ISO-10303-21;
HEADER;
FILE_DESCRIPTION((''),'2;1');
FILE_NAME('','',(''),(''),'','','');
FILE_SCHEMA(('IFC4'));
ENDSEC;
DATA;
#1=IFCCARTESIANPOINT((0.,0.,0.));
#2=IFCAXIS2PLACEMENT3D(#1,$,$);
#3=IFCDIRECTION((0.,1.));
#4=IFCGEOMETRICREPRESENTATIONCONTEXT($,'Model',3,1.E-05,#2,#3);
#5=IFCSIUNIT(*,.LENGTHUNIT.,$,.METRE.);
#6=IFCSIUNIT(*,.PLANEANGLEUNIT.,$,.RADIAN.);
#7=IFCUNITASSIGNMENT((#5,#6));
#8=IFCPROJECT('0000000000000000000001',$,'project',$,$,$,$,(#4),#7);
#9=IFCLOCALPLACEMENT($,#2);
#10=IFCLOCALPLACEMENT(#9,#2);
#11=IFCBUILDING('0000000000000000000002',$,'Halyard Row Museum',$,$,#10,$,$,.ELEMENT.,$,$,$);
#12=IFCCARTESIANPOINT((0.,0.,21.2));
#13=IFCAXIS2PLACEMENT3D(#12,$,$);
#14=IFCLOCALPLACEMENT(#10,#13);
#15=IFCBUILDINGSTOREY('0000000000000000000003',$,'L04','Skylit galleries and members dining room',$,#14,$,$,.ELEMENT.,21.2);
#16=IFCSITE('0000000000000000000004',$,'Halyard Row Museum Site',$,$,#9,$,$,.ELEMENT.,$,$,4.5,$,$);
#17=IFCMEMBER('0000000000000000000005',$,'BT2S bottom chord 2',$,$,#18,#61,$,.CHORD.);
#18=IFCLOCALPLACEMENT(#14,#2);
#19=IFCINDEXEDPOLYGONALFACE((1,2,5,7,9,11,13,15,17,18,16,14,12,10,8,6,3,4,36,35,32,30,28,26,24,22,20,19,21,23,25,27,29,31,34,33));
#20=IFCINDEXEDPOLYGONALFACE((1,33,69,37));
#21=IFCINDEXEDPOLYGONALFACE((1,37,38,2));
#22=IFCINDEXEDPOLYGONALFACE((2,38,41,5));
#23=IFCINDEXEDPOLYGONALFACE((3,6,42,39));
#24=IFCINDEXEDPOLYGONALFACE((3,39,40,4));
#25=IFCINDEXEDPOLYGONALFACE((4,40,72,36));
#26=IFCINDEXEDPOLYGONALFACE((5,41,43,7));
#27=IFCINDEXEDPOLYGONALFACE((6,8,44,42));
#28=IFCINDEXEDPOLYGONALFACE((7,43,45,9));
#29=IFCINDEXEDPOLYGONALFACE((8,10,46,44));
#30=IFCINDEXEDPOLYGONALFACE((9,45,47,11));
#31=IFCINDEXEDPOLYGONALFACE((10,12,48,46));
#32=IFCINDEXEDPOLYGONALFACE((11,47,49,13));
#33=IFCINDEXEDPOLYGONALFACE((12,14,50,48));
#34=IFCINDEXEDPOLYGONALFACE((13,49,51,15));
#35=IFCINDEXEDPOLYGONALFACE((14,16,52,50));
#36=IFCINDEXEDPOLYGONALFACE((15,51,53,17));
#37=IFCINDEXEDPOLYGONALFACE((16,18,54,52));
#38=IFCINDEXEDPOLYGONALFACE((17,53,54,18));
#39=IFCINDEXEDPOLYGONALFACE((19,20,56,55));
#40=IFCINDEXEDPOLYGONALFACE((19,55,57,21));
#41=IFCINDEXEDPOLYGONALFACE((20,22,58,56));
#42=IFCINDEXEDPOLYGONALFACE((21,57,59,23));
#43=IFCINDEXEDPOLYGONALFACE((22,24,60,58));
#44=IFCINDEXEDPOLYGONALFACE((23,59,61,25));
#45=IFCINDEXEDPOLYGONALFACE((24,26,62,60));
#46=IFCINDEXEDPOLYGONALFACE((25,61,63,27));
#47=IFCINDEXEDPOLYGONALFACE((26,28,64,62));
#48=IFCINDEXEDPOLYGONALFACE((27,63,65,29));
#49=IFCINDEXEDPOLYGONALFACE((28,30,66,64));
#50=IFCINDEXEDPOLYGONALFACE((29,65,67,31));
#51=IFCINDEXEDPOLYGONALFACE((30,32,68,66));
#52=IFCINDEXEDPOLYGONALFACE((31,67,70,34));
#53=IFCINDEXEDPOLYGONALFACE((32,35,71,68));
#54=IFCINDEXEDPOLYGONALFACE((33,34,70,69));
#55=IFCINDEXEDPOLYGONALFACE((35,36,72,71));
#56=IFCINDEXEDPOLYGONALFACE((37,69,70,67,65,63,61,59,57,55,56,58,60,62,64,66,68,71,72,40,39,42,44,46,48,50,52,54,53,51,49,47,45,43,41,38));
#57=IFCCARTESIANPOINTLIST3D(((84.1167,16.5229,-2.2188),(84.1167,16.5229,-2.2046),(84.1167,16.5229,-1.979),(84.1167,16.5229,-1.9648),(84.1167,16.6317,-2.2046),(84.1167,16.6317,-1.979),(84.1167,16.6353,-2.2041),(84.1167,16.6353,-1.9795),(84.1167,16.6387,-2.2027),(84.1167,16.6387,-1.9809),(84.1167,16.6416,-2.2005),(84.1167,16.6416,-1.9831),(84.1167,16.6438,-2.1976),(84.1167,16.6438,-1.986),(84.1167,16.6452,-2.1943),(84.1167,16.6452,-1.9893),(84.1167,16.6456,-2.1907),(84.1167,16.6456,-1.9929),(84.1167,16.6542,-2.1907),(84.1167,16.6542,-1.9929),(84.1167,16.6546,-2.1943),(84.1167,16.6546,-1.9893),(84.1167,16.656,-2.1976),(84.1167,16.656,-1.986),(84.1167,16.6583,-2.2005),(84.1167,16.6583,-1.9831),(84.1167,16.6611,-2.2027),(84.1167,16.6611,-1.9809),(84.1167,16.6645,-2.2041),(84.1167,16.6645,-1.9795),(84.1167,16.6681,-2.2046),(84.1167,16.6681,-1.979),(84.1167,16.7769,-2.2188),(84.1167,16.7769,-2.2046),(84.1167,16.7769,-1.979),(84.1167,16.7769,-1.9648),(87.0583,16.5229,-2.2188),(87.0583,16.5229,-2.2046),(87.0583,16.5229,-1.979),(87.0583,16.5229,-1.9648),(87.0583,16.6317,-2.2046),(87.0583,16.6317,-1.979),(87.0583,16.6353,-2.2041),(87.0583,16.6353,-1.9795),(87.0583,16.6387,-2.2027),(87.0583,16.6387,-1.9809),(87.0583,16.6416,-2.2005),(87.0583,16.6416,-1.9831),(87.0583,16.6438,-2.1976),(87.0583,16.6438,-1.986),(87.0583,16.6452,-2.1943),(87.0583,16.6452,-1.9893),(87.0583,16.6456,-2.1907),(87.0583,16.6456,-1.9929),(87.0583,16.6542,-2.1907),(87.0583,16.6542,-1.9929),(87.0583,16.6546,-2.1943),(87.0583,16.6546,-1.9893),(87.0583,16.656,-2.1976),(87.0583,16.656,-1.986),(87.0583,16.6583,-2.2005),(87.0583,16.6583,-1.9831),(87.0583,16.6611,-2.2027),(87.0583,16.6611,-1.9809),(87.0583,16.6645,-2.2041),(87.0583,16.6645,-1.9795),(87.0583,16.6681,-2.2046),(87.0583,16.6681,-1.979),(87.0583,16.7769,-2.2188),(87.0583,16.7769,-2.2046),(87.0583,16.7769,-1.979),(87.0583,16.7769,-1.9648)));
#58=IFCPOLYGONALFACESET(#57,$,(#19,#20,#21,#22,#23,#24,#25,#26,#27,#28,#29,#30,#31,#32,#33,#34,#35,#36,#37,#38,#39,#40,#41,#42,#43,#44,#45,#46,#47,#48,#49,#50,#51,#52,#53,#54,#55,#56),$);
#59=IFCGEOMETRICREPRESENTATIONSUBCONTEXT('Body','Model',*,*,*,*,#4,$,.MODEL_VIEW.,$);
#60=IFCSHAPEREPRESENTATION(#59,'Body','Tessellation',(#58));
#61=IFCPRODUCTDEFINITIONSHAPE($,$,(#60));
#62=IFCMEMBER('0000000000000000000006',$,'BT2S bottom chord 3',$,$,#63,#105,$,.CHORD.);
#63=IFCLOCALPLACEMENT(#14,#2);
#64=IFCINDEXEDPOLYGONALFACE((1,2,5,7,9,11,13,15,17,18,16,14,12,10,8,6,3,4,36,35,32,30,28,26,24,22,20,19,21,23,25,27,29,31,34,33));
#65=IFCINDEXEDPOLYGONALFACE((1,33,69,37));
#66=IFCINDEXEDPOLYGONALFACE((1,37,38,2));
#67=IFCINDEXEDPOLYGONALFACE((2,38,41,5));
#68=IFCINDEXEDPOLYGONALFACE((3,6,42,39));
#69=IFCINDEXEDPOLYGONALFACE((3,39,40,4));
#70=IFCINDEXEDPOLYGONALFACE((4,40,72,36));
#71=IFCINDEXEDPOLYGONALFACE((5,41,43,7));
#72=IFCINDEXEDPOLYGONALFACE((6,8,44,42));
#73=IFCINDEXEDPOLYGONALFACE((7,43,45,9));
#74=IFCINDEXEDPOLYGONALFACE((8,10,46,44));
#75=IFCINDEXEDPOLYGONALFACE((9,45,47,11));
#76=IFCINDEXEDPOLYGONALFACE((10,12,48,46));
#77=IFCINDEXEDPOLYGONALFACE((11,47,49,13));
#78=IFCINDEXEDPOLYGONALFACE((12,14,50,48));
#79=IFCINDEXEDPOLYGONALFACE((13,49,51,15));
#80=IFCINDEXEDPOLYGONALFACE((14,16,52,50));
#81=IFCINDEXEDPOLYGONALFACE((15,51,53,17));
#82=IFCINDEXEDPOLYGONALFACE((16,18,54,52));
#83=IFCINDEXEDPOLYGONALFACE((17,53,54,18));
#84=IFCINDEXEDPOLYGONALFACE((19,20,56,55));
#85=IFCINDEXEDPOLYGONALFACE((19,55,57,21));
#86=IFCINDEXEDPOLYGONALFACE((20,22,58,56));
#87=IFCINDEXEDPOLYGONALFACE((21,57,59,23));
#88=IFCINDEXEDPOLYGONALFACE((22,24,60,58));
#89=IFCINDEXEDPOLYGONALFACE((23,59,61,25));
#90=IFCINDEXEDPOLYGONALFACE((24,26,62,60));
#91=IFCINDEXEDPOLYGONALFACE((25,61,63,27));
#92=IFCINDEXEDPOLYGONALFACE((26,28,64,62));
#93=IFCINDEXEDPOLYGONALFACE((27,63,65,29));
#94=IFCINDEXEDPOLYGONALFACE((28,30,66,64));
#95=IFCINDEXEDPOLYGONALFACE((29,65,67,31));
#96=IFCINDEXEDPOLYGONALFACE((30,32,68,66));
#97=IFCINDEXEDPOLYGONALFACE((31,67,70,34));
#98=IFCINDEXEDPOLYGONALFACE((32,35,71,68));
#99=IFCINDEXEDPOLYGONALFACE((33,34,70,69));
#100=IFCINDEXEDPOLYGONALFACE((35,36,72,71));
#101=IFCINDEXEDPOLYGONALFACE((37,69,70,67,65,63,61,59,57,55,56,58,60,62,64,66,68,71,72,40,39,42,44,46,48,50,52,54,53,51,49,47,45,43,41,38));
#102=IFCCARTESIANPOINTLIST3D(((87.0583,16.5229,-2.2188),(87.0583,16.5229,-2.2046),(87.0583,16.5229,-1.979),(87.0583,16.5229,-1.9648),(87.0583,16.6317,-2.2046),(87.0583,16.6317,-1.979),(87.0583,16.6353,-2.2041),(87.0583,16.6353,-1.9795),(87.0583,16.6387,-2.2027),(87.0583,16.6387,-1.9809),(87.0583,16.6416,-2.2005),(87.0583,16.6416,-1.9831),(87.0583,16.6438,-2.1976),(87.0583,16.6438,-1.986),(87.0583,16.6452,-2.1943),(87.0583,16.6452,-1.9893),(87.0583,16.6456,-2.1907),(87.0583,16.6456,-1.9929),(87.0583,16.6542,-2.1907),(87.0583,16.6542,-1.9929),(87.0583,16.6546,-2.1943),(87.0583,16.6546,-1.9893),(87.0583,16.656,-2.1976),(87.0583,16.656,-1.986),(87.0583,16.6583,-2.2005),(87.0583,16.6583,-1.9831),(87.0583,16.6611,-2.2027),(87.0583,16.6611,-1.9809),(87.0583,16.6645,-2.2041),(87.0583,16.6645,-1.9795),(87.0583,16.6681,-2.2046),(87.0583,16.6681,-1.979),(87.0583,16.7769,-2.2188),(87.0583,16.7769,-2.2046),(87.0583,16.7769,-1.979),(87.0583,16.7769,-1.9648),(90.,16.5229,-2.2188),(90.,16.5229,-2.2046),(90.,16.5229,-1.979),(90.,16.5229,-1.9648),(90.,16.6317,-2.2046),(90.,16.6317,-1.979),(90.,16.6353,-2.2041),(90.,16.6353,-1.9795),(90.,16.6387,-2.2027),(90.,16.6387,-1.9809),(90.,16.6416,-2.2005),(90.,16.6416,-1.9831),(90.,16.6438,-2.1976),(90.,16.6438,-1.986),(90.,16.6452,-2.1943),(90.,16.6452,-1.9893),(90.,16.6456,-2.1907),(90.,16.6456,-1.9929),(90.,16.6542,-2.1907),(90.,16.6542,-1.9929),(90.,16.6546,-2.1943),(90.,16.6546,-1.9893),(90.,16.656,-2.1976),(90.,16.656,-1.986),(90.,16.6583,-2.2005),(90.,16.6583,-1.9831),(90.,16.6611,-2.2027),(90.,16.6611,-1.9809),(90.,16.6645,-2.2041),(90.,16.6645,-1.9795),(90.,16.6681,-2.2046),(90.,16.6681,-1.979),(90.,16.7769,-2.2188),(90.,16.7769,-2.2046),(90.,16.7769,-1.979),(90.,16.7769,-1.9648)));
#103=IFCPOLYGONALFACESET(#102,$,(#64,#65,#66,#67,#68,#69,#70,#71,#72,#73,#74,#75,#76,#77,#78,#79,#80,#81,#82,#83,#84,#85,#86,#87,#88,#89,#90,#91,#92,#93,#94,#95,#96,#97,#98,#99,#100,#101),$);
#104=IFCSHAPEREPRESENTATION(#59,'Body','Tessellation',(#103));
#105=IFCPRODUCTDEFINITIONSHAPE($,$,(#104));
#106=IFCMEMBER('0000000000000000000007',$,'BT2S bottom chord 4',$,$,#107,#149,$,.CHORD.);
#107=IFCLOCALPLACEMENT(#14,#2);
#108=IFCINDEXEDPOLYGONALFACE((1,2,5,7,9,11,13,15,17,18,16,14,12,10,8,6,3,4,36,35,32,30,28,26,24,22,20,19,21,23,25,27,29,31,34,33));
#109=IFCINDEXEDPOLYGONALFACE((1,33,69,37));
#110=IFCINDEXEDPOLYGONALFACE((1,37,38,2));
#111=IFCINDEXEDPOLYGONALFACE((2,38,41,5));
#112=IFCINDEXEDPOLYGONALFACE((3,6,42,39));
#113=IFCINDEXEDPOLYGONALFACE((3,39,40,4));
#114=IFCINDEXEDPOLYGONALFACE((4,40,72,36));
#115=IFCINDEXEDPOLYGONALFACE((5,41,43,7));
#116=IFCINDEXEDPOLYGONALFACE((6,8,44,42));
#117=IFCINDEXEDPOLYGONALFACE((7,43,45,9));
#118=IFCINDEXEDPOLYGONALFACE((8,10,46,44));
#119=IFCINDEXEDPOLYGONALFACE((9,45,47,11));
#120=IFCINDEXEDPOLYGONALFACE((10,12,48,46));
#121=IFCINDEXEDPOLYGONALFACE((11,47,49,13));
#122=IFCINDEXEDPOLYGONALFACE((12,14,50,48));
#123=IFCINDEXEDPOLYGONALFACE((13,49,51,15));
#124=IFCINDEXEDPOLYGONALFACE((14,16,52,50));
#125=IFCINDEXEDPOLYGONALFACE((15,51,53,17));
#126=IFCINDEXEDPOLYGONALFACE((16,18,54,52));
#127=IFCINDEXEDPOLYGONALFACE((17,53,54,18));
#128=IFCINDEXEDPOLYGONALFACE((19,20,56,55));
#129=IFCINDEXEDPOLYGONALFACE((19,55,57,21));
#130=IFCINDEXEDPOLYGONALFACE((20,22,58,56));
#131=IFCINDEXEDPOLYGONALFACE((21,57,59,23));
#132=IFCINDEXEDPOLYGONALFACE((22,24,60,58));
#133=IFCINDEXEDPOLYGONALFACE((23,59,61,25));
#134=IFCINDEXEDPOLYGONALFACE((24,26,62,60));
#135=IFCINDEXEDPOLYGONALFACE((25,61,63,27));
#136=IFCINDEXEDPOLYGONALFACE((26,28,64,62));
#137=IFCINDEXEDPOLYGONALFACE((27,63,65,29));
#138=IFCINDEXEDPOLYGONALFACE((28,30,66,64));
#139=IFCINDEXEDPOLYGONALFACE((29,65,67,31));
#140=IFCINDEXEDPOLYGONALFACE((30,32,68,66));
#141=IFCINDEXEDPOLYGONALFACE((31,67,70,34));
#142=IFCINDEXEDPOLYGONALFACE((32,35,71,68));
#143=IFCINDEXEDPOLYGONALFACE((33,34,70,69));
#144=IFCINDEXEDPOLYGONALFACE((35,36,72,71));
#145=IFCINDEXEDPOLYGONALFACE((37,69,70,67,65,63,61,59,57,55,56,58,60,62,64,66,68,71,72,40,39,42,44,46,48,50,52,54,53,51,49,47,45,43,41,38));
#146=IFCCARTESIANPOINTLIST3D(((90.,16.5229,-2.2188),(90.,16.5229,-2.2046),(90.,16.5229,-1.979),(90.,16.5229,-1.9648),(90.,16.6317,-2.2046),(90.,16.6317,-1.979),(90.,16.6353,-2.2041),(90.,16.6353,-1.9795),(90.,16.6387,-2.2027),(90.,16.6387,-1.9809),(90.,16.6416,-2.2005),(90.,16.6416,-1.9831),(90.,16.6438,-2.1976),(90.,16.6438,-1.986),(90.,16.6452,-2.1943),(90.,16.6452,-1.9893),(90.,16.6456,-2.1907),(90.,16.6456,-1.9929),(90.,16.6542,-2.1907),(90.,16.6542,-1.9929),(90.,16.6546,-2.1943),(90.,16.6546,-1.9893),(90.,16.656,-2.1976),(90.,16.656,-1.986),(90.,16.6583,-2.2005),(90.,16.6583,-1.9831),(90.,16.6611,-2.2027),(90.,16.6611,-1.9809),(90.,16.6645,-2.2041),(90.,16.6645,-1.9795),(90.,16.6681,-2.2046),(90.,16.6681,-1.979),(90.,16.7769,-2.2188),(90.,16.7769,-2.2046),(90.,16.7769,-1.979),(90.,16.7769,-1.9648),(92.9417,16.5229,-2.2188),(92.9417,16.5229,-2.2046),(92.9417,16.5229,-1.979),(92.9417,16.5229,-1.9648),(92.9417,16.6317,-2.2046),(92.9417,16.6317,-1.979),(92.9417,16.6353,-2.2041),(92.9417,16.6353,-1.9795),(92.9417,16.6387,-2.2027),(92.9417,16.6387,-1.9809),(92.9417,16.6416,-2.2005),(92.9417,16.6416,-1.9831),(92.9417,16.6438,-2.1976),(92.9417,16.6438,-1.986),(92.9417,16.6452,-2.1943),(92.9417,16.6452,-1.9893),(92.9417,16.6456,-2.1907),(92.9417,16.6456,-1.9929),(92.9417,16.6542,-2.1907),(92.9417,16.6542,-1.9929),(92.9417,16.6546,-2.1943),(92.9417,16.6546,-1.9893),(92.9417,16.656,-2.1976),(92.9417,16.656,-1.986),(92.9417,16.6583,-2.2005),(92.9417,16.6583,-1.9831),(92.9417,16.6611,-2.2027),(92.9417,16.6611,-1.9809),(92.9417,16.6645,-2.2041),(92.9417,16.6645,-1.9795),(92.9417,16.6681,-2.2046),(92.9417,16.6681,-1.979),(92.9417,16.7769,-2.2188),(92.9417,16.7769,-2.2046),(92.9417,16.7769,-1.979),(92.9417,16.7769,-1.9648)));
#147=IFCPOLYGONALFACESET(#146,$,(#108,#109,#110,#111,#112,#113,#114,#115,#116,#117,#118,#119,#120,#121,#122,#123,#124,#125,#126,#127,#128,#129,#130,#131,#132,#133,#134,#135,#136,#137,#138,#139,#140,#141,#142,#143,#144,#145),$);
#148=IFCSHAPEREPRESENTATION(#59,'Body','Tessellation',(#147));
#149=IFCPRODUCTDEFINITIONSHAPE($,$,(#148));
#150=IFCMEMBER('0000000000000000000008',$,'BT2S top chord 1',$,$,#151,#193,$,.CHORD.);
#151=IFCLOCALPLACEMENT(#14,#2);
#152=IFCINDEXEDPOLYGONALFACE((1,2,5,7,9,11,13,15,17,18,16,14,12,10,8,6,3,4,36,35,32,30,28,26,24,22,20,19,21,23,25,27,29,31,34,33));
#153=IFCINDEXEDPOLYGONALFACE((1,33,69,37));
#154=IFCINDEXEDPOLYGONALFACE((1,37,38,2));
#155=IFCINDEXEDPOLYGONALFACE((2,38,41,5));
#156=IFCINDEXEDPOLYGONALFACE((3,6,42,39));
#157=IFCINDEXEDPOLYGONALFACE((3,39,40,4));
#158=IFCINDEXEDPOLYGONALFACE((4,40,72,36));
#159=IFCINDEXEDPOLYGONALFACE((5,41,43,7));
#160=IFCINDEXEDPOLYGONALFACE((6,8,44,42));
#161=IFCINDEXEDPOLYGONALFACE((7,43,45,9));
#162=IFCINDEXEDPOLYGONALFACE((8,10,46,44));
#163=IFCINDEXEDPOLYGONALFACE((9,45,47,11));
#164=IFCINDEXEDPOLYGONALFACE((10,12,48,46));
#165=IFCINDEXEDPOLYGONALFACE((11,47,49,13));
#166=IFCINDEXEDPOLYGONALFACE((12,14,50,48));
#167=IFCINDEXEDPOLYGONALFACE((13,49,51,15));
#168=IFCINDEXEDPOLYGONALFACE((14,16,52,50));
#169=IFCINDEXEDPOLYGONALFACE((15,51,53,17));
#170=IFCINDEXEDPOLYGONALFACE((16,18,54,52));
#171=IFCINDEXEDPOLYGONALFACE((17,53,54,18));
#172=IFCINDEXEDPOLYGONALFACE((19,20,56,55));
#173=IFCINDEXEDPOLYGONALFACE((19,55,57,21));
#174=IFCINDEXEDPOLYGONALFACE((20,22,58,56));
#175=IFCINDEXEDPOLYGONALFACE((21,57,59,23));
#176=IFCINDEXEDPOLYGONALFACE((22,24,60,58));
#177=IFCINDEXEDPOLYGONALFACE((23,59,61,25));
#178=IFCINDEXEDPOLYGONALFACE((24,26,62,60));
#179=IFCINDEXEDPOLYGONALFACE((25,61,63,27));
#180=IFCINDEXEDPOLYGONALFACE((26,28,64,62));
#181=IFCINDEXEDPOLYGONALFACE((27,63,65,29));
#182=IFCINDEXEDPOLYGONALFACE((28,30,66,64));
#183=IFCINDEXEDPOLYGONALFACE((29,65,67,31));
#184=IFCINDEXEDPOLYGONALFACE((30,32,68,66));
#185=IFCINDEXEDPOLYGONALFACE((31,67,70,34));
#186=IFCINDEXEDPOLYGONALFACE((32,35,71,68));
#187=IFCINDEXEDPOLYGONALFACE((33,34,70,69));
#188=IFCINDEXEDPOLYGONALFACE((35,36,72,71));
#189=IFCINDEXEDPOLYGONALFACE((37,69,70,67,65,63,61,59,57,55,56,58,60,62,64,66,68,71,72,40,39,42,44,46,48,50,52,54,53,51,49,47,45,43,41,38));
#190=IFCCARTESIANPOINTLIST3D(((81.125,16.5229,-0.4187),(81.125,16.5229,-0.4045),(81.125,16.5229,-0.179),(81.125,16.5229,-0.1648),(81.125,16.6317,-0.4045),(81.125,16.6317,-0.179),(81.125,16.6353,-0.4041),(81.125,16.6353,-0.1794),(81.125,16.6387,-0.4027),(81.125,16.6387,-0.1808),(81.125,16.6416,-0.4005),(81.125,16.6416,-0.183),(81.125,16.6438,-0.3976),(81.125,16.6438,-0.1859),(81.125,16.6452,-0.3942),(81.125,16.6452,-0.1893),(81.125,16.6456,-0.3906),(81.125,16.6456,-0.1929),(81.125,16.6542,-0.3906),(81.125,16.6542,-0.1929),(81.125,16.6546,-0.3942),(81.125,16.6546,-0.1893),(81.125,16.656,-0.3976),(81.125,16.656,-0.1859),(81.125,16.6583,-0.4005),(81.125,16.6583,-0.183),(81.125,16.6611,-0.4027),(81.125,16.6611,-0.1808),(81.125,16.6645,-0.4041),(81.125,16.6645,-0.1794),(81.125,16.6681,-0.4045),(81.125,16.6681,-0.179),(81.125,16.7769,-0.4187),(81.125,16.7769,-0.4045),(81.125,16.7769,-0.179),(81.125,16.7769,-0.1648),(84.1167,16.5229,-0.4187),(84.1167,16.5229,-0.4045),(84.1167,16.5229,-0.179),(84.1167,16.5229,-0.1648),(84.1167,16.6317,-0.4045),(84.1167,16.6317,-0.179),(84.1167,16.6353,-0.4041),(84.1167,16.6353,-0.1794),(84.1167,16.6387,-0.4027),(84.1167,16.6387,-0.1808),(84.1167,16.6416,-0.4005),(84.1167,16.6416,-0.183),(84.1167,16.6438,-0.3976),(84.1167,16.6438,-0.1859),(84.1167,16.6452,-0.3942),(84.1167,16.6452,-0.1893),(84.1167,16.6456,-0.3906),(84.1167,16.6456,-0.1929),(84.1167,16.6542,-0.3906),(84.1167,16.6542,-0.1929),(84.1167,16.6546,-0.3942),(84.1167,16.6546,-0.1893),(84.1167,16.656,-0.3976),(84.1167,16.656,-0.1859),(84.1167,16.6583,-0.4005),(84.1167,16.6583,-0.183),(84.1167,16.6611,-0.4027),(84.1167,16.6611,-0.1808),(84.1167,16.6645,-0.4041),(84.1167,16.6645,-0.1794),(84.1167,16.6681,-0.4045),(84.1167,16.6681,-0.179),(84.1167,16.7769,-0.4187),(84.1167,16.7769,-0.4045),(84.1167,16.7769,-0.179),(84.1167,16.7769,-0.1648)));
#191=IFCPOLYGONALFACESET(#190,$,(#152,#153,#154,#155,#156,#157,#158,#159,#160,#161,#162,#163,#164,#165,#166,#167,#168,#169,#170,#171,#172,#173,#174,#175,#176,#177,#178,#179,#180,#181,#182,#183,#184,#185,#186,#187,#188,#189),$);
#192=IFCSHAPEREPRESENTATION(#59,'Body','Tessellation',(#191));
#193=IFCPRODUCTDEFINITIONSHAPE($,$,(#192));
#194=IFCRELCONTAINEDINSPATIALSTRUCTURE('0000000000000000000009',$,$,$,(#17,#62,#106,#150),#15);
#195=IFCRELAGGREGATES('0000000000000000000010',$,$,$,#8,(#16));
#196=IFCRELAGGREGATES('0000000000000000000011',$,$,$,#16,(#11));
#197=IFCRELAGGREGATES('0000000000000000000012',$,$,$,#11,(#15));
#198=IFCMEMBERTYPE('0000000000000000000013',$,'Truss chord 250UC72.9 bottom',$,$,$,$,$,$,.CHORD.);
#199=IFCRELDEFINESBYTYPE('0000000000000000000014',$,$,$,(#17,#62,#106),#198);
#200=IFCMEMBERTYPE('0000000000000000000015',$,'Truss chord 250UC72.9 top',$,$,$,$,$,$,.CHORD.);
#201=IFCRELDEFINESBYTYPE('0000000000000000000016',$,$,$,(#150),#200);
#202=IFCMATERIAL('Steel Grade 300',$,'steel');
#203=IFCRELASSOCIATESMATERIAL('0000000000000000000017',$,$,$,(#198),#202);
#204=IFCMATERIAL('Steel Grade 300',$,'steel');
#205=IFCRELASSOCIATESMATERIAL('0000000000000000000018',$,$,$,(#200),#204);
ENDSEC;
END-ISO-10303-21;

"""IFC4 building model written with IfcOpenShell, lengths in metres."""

from ifc_helpers import new_model, si_unit, direction, frame, origin, origin_2d, place, context, subcontext, project, spatial, i_section, extrude, material, material_profile, profile_set, type_object, element, save


model = new_model("IFC4")

# Units and contexts
model_context = context("Model", 3, precision=1e-05, world=origin(), true_north=direction((0.0, 1.0)))
body_context = subcontext(model_context, "Body", "Model", "MODEL_VIEW")
ifc_project = project(units=[si_unit("LENGTHUNIT", "METRE"), si_unit("PLANEANGLEUNIT", "RADIAN")], contexts=[model_context])

# Site, building, storey
site_placement = place(None, origin())
site = spatial("IfcSite", under=ifc_project, at=site_placement, Name="Halyard Row Museum Site", CompositionType="ELEMENT", RefElevation=4.5)
building_placement = place(site_placement, origin())
building = spatial("IfcBuilding", under=site, at=building_placement, Name="Halyard Row Museum", CompositionType="ELEMENT")
storey_placement = place(building_placement, frame((0.0, 0.0, 21.2)))
storey = spatial("IfcBuildingStorey", under=building, at=storey_placement, Name="L04", Description="Skylit galleries and members dining room", CompositionType="ELEMENT", Elevation=21.2)

# Members
ifc_material_1 = material(Name="Steel Grade 300", Category="steel")
ifc_material_profile_1 = material_profile(ifc_material_1, i_section(OverallWidth=0.2539, OverallDepth=0.2539, WebThickness=0.0085, FlangeThickness=0.0142, FilletRadius=0.0139, at=origin_2d()), Name="250UC72.9")
ifc_profile_set_1 = profile_set([ifc_material_profile_1], Name="Steel Grade 300")
member_type_1 = type_object("IfcMemberType", Name="Truss chord 250UC72.9 bottom", PredefinedType="CHORD", material=ifc_profile_set_1)
for number, where, z_axis, x_axis, name in (
    (1, (84.1167, 16.6499, -2.0918), (1.0, 0.0, 0.0), (0.0, 1.0, 0.0), "BT2S bottom chord 2"),
    (2, (87.0583, 16.6499, -2.0918), (1.0, 0.0, 0.0), (0.0, 1.0, 0.0), "BT2S bottom chord 3"),
    (3, (90.0, 16.6499, -2.0918), (1.0, 0.0, 0.0), (0.0, 1.0, 0.0), "BT2S bottom chord 4"),
):
    element("IfcMember", number, at=place(storey_placement, frame(where, z_axis=z_axis, x_axis=x_axis)), inside=storey, type_object=member_type_1, Name=name, PredefinedType="CHORD", context=body_context, shape_type="SweptSolid", body=[
        extrude(i_section(OverallWidth=0.2539, OverallDepth=0.2539, WebThickness=0.0085, FlangeThickness=0.0142, FilletRadius=0.0139, at=origin_2d()), origin(), (0.0, 0.0, 1.0), 2.9417),
    ])
ifc_material_2 = material(Name="Steel Grade 300", Category="steel")
ifc_material_profile_2 = material_profile(ifc_material_2, i_section(OverallWidth=0.2539, OverallDepth=0.2539, WebThickness=0.0085, FlangeThickness=0.0142, FilletRadius=0.0139, at=origin_2d()), Name="250UC72.9")
ifc_profile_set_2 = profile_set([ifc_material_profile_2], Name="Steel Grade 300")
member_type_2 = type_object("IfcMemberType", Name="Truss chord 250UC72.9 top", PredefinedType="CHORD", material=ifc_profile_set_2)
member_1_placement = place(storey_placement, frame((81.125, 16.6499, -0.2917), z_axis=(1.0, 0.0, 0.0), x_axis=(0.0, 1.0, 0.0)))
element("IfcMember", 4, at=member_1_placement, inside=storey, type_object=member_type_2, Name="BT2S top chord 1", PredefinedType="CHORD", context=body_context, shape_type="SweptSolid", body=[
    extrude(i_section(OverallWidth=0.2539, OverallDepth=0.2539, WebThickness=0.0085, FlangeThickness=0.0142, FilletRadius=0.0139, at=origin_2d()), origin(), (0.0, 0.0, 1.0), 2.9917),
])

save(model, "model.ifc")
